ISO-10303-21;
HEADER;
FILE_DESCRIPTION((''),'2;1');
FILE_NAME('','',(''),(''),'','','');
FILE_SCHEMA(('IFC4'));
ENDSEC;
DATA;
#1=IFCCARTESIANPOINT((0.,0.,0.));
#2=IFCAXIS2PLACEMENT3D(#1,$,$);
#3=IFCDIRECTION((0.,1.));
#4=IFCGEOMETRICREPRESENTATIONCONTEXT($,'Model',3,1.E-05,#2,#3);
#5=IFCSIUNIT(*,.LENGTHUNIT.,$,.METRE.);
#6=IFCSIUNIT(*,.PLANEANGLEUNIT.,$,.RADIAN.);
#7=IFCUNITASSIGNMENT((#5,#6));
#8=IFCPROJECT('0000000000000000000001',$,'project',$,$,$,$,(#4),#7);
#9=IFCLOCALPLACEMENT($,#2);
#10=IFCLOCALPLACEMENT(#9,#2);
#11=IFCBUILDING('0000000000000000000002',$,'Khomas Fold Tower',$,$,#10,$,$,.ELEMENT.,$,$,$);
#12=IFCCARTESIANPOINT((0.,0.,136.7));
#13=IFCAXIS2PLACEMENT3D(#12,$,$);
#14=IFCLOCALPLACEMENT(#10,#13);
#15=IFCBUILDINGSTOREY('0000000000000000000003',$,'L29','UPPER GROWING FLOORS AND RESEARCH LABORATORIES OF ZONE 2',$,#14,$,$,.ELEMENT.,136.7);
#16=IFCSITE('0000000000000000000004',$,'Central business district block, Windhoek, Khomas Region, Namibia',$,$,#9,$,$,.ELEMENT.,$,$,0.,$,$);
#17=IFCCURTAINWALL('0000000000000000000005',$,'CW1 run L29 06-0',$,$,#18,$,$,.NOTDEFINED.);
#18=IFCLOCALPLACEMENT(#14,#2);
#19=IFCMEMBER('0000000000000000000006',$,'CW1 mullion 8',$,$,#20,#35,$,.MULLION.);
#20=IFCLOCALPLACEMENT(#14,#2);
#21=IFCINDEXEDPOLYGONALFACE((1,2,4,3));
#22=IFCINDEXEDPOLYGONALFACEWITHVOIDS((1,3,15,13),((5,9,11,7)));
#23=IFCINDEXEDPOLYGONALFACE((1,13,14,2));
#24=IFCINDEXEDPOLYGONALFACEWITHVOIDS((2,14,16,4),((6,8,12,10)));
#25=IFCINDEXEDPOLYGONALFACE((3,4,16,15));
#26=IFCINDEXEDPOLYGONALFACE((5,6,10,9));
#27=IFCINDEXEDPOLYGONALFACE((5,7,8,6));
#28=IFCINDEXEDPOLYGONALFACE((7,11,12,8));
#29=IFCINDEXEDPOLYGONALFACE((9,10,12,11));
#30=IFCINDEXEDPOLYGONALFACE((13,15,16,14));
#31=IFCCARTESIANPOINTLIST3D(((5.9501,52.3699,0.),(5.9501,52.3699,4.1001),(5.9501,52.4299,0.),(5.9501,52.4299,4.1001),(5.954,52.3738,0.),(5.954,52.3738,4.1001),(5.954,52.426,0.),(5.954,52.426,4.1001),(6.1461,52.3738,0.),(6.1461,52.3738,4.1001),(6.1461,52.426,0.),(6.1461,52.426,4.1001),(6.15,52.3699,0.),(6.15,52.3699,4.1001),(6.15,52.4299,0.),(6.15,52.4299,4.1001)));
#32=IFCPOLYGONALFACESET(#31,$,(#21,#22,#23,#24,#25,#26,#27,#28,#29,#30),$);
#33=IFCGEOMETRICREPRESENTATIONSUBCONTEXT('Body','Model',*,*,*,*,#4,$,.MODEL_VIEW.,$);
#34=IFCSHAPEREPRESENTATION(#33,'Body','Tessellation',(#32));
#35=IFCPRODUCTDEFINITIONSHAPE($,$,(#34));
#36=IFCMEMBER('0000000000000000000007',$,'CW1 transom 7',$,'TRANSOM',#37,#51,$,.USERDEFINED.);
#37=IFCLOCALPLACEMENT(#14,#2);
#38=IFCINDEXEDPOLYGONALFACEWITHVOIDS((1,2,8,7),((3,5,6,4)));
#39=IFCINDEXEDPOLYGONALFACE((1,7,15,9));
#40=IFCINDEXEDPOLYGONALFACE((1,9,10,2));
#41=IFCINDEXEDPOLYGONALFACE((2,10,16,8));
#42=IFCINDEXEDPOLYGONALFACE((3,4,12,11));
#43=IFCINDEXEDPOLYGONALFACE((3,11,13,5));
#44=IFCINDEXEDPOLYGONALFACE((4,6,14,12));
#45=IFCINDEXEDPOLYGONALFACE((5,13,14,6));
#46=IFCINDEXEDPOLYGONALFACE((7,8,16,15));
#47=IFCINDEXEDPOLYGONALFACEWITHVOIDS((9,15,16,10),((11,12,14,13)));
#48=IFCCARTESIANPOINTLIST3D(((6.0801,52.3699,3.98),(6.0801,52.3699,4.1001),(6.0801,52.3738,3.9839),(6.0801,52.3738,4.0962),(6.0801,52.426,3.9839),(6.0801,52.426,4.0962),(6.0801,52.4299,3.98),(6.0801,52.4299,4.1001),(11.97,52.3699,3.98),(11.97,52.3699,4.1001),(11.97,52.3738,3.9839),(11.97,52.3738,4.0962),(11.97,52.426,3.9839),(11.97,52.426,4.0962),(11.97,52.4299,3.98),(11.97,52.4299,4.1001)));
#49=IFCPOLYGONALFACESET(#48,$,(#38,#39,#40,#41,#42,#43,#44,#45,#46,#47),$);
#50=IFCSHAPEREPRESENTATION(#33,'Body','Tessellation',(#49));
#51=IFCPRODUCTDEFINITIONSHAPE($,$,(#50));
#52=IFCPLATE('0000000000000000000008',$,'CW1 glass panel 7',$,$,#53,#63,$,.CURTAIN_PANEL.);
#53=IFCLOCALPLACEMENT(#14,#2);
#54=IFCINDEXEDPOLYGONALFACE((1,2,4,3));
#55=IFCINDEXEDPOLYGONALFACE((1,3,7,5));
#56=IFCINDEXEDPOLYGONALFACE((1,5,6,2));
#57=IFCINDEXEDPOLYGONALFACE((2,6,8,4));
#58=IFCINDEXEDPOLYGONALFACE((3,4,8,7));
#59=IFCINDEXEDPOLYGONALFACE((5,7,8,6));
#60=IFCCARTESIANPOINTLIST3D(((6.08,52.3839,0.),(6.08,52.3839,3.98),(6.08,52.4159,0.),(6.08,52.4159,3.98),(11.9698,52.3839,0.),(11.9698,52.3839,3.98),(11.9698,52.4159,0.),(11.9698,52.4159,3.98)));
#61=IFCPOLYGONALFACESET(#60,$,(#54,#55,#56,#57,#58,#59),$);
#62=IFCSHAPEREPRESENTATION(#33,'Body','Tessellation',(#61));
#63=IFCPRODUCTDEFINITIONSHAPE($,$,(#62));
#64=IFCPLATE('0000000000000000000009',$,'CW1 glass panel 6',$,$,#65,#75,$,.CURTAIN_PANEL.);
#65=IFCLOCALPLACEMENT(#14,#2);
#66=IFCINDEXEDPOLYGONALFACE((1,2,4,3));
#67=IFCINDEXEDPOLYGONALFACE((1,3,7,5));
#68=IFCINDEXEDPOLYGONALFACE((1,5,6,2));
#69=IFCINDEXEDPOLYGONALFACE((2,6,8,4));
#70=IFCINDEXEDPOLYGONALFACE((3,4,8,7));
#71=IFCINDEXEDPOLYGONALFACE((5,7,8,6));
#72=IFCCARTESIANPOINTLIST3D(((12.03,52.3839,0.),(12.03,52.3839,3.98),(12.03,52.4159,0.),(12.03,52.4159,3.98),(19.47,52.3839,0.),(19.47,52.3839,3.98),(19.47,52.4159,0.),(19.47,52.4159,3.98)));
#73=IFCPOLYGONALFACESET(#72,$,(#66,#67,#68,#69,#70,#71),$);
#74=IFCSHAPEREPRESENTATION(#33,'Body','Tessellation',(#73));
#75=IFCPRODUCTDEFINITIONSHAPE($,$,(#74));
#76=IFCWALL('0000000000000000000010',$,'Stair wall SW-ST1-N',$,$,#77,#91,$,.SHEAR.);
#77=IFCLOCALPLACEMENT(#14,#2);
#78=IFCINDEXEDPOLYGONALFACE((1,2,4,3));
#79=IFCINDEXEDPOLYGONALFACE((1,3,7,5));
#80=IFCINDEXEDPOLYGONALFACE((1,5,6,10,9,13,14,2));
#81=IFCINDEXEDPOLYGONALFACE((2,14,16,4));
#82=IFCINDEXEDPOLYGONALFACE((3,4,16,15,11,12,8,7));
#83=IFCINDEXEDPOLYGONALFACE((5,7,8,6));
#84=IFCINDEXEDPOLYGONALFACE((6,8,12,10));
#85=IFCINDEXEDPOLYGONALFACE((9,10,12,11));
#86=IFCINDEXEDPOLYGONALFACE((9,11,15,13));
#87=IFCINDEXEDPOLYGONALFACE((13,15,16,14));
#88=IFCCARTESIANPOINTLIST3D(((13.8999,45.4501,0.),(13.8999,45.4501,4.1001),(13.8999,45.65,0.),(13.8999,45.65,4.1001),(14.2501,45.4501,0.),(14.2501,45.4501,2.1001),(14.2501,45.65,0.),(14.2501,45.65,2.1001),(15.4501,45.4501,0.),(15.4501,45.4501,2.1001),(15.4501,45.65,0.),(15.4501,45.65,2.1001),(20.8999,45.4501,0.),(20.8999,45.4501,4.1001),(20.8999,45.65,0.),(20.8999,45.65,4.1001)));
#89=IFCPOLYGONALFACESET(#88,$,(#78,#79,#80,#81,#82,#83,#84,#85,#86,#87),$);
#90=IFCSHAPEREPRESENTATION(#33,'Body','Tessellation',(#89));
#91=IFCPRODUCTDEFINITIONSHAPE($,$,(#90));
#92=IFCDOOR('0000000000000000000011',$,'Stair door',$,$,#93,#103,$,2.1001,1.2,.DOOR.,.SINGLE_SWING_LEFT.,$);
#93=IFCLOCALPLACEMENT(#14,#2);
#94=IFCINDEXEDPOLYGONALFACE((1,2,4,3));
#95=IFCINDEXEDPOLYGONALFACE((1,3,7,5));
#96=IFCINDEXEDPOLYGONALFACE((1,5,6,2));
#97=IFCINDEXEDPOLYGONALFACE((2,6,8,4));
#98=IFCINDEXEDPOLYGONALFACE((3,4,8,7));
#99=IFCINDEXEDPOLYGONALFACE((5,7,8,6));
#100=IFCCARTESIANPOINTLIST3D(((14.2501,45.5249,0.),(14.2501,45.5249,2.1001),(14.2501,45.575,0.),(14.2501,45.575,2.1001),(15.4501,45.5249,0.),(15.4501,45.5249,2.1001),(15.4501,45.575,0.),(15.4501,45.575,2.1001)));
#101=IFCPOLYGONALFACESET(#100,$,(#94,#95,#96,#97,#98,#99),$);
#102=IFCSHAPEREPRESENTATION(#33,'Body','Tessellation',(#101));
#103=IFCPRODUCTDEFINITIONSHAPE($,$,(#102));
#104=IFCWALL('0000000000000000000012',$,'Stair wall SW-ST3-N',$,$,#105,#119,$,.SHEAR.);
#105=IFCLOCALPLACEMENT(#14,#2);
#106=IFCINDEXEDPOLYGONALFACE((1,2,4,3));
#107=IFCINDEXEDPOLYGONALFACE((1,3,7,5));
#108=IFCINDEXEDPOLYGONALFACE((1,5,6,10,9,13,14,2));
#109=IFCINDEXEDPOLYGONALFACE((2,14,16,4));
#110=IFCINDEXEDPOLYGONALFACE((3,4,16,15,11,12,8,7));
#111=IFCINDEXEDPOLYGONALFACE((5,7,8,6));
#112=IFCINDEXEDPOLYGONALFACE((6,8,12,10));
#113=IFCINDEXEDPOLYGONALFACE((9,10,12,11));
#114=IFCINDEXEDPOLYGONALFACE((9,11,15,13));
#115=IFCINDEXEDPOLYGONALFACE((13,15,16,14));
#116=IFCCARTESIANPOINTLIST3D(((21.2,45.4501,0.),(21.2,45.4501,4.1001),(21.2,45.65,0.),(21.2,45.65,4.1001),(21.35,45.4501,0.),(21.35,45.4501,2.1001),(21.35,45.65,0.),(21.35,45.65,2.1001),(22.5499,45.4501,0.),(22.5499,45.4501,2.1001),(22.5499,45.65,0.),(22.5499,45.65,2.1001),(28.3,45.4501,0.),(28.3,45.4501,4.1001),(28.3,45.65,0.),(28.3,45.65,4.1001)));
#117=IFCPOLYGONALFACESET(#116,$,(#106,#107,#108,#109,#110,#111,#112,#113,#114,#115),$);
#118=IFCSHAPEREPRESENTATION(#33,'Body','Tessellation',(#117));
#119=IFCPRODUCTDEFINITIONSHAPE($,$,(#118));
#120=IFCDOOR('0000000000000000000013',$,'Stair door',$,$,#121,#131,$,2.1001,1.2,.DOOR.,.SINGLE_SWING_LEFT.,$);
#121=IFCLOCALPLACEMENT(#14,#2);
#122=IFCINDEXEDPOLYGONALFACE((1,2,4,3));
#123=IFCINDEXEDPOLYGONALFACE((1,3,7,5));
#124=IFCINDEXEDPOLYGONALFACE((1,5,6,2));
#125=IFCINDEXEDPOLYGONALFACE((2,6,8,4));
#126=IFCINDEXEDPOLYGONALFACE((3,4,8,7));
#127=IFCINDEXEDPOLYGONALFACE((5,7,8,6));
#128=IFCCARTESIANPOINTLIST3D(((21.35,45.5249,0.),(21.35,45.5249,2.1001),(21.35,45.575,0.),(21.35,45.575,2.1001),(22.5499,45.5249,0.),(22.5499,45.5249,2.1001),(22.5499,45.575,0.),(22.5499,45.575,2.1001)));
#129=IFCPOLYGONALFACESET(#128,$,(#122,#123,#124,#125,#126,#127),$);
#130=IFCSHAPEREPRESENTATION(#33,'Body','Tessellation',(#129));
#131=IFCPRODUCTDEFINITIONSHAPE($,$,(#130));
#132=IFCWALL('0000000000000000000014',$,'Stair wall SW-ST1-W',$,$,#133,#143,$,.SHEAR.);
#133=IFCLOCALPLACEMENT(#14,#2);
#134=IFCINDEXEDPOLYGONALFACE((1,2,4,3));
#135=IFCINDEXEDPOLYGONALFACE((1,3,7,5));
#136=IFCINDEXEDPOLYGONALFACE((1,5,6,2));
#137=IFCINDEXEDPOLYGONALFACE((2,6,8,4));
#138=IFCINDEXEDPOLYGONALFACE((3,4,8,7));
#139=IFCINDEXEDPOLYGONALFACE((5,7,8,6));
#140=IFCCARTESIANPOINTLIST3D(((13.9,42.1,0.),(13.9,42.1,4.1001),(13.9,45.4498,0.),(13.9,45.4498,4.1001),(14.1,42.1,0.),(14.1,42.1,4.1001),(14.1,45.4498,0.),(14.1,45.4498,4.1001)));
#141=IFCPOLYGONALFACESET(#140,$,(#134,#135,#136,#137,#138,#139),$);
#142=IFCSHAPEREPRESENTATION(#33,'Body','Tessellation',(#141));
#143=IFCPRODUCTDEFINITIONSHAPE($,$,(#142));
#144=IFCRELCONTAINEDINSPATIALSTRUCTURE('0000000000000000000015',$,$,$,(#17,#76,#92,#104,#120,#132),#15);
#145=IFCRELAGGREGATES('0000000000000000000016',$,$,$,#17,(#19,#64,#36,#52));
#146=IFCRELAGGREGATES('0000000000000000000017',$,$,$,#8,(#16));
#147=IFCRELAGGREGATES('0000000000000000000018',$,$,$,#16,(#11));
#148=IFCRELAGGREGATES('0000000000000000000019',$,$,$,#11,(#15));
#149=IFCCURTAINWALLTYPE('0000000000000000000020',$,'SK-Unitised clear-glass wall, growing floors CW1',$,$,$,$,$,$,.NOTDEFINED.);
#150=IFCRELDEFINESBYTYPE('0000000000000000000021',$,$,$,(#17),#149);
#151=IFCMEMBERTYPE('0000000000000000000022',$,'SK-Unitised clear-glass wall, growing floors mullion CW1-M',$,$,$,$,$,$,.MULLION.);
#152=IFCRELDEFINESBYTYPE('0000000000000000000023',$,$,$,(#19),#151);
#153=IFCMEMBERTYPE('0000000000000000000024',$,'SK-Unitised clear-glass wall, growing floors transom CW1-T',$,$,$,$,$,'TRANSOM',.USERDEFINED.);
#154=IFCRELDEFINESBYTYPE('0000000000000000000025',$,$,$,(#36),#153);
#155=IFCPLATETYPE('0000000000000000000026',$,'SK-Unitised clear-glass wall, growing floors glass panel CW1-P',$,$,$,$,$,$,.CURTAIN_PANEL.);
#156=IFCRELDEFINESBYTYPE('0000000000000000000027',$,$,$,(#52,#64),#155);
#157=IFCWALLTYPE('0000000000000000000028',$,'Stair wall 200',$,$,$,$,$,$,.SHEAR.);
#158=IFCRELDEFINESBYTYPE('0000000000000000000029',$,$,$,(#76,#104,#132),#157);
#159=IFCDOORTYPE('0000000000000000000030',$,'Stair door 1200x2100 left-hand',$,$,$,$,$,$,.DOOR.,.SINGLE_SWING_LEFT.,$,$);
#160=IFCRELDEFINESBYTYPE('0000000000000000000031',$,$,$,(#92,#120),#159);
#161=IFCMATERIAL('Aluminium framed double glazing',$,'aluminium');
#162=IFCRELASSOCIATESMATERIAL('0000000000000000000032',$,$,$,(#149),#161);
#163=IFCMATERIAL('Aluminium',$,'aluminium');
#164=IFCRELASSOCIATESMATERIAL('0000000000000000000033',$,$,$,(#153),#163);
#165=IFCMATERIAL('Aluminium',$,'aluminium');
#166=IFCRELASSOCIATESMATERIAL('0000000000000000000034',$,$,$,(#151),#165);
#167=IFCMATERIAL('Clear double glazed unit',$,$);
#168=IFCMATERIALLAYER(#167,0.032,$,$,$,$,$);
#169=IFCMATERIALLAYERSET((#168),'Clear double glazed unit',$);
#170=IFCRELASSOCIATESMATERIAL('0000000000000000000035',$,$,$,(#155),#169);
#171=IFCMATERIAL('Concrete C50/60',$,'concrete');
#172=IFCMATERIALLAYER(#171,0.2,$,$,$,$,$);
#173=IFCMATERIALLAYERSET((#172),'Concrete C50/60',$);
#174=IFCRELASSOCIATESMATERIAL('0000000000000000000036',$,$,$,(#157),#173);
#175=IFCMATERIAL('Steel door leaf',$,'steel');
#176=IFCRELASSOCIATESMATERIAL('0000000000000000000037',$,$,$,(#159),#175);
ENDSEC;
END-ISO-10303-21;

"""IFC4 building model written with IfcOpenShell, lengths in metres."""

from ifc_helpers import new_model, si_unit, direction, frame, frame_2d, origin, origin_2d, place, context, subcontext, project, spatial, rectangle, hollow_rectangle, extrude, source, transform, mapped, material, layer, layer_set, material_profile, profile_set, type_object, element, fill, aggregate, save


model = new_model("IFC4")

# Units and contexts
model_context = context("Model", 3, precision=1e-05, world=origin(), true_north=direction((0.0, 1.0)))
body_context = subcontext(model_context, "Body", "Model", "MODEL_VIEW")
ifc_project = project(units=[si_unit("LENGTHUNIT", "METRE"), si_unit("PLANEANGLEUNIT", "RADIAN")], contexts=[model_context])

# Site, building, storey
site_placement = place(None, origin())
site = spatial("IfcSite", under=ifc_project, at=site_placement, Name="Central business district block, Windhoek, Khomas Region, Namibia", CompositionType="ELEMENT", RefElevation=0.0)
building_placement = place(site_placement, origin())
building = spatial("IfcBuilding", under=site, at=building_placement, Name="Khomas Fold Tower", CompositionType="ELEMENT")
storey_placement = place(building_placement, frame((0.0, 0.0, 136.7)))
storey = spatial("IfcBuildingStorey", under=building, at=storey_placement, Name="L29", Description="UPPER GROWING FLOORS AND RESEARCH LABORATORIES OF ZONE 2", CompositionType="ELEMENT", Elevation=136.7)

# Curtain wall, members, plates
ifc_material_1 = material(Name="Aluminium framed double glazing", Category="aluminium")
curtain_wall_type = type_object("IfcCurtainWallType", Name="SK-Unitised clear-glass wall, growing floors CW1", PredefinedType="NOTDEFINED", material=ifc_material_1)
curtain_wall_placement = place(storey_placement, origin())
curtain_wall = element("IfcCurtainWall", 1, at=curtain_wall_placement, inside=storey, type_object=curtain_wall_type, Name="CW1 run L29 06-0", PredefinedType="NOTDEFINED")
ifc_material_2 = material(Name="Aluminium", Category="aluminium")
ifc_material_profile_1 = material_profile(ifc_material_2, hollow_rectangle(XDim=0.0601, YDim=0.1201, WallThickness=0.0039, at=origin_2d()), Name="SK-Unitised clear-glass wall, growing floors transom CW1-T")
ifc_profile_set_1 = profile_set([ifc_material_profile_1], Name="Aluminium")
member_type_1 = type_object("IfcMemberType", Name="SK-Unitised clear-glass wall, growing floors transom CW1-T", ElementType="TRANSOM", PredefinedType="USERDEFINED", material=ifc_profile_set_1)
ifc_material_3 = material(Name="Aluminium", Category="aluminium")
ifc_material_profile_2 = material_profile(ifc_material_3, hollow_rectangle(XDim=0.0601, YDim=0.2, WallThickness=0.0039, at=origin_2d()), Name="SK-Unitised clear-glass wall, growing floors mullion CW1-M")
ifc_profile_set_2 = profile_set([ifc_material_profile_2], Name="Aluminium")
member_type_2 = type_object("IfcMemberType", Name="SK-Unitised clear-glass wall, growing floors mullion CW1-M", PredefinedType="MULLION", material=ifc_profile_set_2)
shared_shape_1 = source(origin(), body_context, "Body", "SweptSolid", [
    extrude(hollow_rectangle(XDim=0.0601, YDim=0.2, WallThickness=0.0039, at=origin_2d()), origin(), (0.0, 0.0, 1.0), 4.1001),
])
member_1_placement = place(storey_placement, frame((6.05, 52.3999, 0.0), z_axis=(0.0, 0.0, 1.0), x_axis=(0.0, -1.0, 0.0)))
member_1 = element("IfcMember", 2, at=member_1_placement, type_object=member_type_2, Name="CW1 mullion 8", PredefinedType="MULLION", context=body_context, shape_type="MappedRepresentation", body=[
    mapped(shared_shape_1, transform((0.0, 0.0, 0.0))),
])
shared_shape_2 = source(origin(), body_context, "Body", "SweptSolid", [
    extrude(hollow_rectangle(XDim=0.0601, YDim=0.1201, WallThickness=0.0039, at=origin_2d()), origin(), (0.0, 0.0, 1.0), 5.8899),
])
member_2_placement = place(storey_placement, frame((11.97, 52.3999, 4.04), z_axis=(-1.0, 0.0, 0.0), x_axis=(0.0, -1.0, 0.0)))
member_2 = element("IfcMember", 3, at=member_2_placement, type_object=member_type_1, Name="CW1 transom 7", ObjectType="TRANSOM", PredefinedType="USERDEFINED", context=body_context, shape_type="MappedRepresentation", body=[
    mapped(shared_shape_2, transform((0.0, 0.0, 0.0))),
])
ifc_material_4 = material(Name="Clear double glazed unit")
ifc_layer_1 = layer(ifc_material_4, 0.032)
ifc_layer_set_1 = layer_set([ifc_layer_1], Name="Clear double glazed unit")
plate_type = type_object("IfcPlateType", Name="SK-Unitised clear-glass wall, growing floors glass panel CW1-P", PredefinedType="CURTAIN_PANEL", material=ifc_layer_set_1)
shared_shape_3 = source(origin(), body_context, "Body", "SweptSolid", [
    extrude(rectangle(XDim=5.8899, YDim=0.032, at=origin_2d()), origin(), (0.0, 0.0, 1.0), 3.98),
])
plate_1_placement = place(storey_placement, frame((9.0249, 52.3999, 0.0), z_axis=(0.0, 0.0, 1.0), x_axis=(-1.0, 0.0, 0.0)))
plate_1 = element("IfcPlate", 4, at=plate_1_placement, type_object=plate_type, Name="CW1 glass panel 7", PredefinedType="CURTAIN_PANEL", context=body_context, shape_type="MappedRepresentation", body=[
    mapped(shared_shape_3, transform((0.0, 0.0, 0.0))),
])
shared_shape_4 = source(origin(), body_context, "Body", "SweptSolid", [
    extrude(rectangle(XDim=7.4399, YDim=0.032, at=origin_2d()), origin(), (0.0, 0.0, 1.0), 3.98),
])
plate_2_placement = place(storey_placement, frame((15.75, 52.3999, 0.0), z_axis=(0.0, 0.0, 1.0), x_axis=(-1.0, 0.0, 0.0)))
plate_2 = element("IfcPlate", 5, at=plate_2_placement, type_object=plate_type, Name="CW1 glass panel 6", PredefinedType="CURTAIN_PANEL", context=body_context, shape_type="MappedRepresentation", body=[
    mapped(shared_shape_4, transform((0.0, 0.0, 0.0))),
])
aggregate(curtain_wall, [member_1, plate_2, member_2, plate_1])

# Walls, openings, doors
ifc_material_5 = material(Name="Concrete C50/60", Category="concrete")
ifc_layer_2 = layer(ifc_material_5, 0.2)
ifc_layer_set_2 = layer_set([ifc_layer_2], Name="Concrete C50/60")
wall_type = type_object("IfcWallType", Name="Stair wall 200", PredefinedType="SHEAR", material=ifc_layer_set_2)
shared_shape_5 = source(origin(), body_context, "Body", "SweptSolid", [
    extrude(rectangle(XDim=7.0, YDim=0.2, at=frame_2d((3.5, 0.0))), origin(), (0.0, 0.0, 1.0), 4.1001),
])
wall_1_placement = place(storey_placement, frame((13.8999, 45.55, 0.0), z_axis=(0.0, 0.0, 1.0), x_axis=(1.0, 0.0, 0.0)))
wall_1 = element("IfcWall", 6, at=wall_1_placement, inside=storey, type_object=wall_type, Name="Stair wall SW-ST1-N", PredefinedType="SHEAR", context=body_context, shape_type="MappedRepresentation", body=[
    mapped(shared_shape_5, transform((0.0, 0.0, 0.0))),
])
shared_shape_6 = source(origin(), body_context, "Body", "SweptSolid", [
    extrude(rectangle(XDim=1.2, YDim=2.1001, at=frame_2d((0.6001, 1.05))), frame((0.0, 0.1099, 0.0), z_axis=(0.0, -1.0, 0.0), x_axis=(1.0, 0.0, 0.0)), (0.0, 0.0, 1.0), 0.22),
])
opening_1_placement = place(wall_1_placement, frame((0.3501, 0.0, 0.0)))
opening_1 = element("IfcOpeningElement", 7, at=opening_1_placement, cuts=wall_1, PredefinedType="OPENING", context=body_context, shape_type="MappedRepresentation", body=[
    mapped(shared_shape_6, transform((0.0, 0.0, 0.0))),
])
ifc_material_6 = material(Name="Steel door leaf", Category="steel")
door_type = type_object("IfcDoorType", Name="Stair door 1200x2100 left-hand", OperationType="SINGLE_SWING_LEFT", PredefinedType="DOOR", material=ifc_material_6)
shared_shape_7 = source(origin(), body_context, "Body", "SweptSolid", [
    extrude(rectangle(XDim=1.2, YDim=2.1001, at=frame_2d((0.6001, 1.05))), frame((0.0, 0.0249, 0.0), z_axis=(0.0, -1.0, 0.0), x_axis=(1.0, 0.0, 0.0)), (0.0, 0.0, 1.0), 0.05),
])
door_1_placement = place(opening_1_placement, origin())
door_1 = element("IfcDoor", 8, at=door_1_placement, inside=storey, type_object=door_type, Name="Stair door", OperationType="SINGLE_SWING_LEFT", OverallHeight=2.1001, OverallWidth=1.2, PredefinedType="DOOR", context=body_context, shape_type="MappedRepresentation", body=[
    mapped(shared_shape_7, transform((0.0, 0.0, 0.0))),
])
fill(opening_1, door_1)
shared_shape_8 = source(origin(), body_context, "Body", "SweptSolid", [
    extrude(rectangle(XDim=7.1001, YDim=0.2, at=frame_2d((3.55, 0.0))), origin(), (0.0, 0.0, 1.0), 4.1001),
])
wall_2_placement = place(storey_placement, frame((21.2, 45.55, 0.0), z_axis=(0.0, 0.0, 1.0), x_axis=(1.0, 0.0, 0.0)))
wall_2 = element("IfcWall", 9, at=wall_2_placement, inside=storey, type_object=wall_type, Name="Stair wall SW-ST3-N", PredefinedType="SHEAR", context=body_context, shape_type="MappedRepresentation", body=[
    mapped(shared_shape_8, transform((0.0, 0.0, 0.0))),
])
opening_2_placement = place(wall_2_placement, frame((0.1499, 0.0, 0.0)))
opening_2 = element("IfcOpeningElement", 10, at=opening_2_placement, cuts=wall_2, PredefinedType="OPENING", context=body_context, shape_type="MappedRepresentation", body=[
    mapped(shared_shape_6, transform((0.0, 0.0, 0.0))),
])
door_2_placement = place(opening_2_placement, origin())
door_2 = element("IfcDoor", 11, at=door_2_placement, inside=storey, type_object=door_type, Name="Stair door", OperationType="SINGLE_SWING_LEFT", OverallHeight=2.1001, OverallWidth=1.2, PredefinedType="DOOR", context=body_context, shape_type="MappedRepresentation", body=[
    mapped(shared_shape_7, transform((0.0, 0.0, 0.0))),
])
fill(opening_2, door_2)

# Wall
shared_shape_9 = source(origin(), body_context, "Body", "SweptSolid", [
    extrude(rectangle(XDim=3.3499, YDim=0.2, at=frame_2d((1.6748, 0.0))), origin(), (0.0, 0.0, 1.0), 4.1001),
])
wall_3_placement = place(storey_placement, frame((14.0, 42.1001, 0.0), z_axis=(0.0, 0.0, 1.0), x_axis=(0.0, 1.0, 0.0)))
element("IfcWall", 12, at=wall_3_placement, inside=storey, type_object=wall_type, Name="Stair wall SW-ST1-W", PredefinedType="SHEAR", context=body_context, shape_type="MappedRepresentation", body=[
    mapped(shared_shape_9, transform((0.0, 0.0, 0.0))),
])

save(model, "model.ifc")
